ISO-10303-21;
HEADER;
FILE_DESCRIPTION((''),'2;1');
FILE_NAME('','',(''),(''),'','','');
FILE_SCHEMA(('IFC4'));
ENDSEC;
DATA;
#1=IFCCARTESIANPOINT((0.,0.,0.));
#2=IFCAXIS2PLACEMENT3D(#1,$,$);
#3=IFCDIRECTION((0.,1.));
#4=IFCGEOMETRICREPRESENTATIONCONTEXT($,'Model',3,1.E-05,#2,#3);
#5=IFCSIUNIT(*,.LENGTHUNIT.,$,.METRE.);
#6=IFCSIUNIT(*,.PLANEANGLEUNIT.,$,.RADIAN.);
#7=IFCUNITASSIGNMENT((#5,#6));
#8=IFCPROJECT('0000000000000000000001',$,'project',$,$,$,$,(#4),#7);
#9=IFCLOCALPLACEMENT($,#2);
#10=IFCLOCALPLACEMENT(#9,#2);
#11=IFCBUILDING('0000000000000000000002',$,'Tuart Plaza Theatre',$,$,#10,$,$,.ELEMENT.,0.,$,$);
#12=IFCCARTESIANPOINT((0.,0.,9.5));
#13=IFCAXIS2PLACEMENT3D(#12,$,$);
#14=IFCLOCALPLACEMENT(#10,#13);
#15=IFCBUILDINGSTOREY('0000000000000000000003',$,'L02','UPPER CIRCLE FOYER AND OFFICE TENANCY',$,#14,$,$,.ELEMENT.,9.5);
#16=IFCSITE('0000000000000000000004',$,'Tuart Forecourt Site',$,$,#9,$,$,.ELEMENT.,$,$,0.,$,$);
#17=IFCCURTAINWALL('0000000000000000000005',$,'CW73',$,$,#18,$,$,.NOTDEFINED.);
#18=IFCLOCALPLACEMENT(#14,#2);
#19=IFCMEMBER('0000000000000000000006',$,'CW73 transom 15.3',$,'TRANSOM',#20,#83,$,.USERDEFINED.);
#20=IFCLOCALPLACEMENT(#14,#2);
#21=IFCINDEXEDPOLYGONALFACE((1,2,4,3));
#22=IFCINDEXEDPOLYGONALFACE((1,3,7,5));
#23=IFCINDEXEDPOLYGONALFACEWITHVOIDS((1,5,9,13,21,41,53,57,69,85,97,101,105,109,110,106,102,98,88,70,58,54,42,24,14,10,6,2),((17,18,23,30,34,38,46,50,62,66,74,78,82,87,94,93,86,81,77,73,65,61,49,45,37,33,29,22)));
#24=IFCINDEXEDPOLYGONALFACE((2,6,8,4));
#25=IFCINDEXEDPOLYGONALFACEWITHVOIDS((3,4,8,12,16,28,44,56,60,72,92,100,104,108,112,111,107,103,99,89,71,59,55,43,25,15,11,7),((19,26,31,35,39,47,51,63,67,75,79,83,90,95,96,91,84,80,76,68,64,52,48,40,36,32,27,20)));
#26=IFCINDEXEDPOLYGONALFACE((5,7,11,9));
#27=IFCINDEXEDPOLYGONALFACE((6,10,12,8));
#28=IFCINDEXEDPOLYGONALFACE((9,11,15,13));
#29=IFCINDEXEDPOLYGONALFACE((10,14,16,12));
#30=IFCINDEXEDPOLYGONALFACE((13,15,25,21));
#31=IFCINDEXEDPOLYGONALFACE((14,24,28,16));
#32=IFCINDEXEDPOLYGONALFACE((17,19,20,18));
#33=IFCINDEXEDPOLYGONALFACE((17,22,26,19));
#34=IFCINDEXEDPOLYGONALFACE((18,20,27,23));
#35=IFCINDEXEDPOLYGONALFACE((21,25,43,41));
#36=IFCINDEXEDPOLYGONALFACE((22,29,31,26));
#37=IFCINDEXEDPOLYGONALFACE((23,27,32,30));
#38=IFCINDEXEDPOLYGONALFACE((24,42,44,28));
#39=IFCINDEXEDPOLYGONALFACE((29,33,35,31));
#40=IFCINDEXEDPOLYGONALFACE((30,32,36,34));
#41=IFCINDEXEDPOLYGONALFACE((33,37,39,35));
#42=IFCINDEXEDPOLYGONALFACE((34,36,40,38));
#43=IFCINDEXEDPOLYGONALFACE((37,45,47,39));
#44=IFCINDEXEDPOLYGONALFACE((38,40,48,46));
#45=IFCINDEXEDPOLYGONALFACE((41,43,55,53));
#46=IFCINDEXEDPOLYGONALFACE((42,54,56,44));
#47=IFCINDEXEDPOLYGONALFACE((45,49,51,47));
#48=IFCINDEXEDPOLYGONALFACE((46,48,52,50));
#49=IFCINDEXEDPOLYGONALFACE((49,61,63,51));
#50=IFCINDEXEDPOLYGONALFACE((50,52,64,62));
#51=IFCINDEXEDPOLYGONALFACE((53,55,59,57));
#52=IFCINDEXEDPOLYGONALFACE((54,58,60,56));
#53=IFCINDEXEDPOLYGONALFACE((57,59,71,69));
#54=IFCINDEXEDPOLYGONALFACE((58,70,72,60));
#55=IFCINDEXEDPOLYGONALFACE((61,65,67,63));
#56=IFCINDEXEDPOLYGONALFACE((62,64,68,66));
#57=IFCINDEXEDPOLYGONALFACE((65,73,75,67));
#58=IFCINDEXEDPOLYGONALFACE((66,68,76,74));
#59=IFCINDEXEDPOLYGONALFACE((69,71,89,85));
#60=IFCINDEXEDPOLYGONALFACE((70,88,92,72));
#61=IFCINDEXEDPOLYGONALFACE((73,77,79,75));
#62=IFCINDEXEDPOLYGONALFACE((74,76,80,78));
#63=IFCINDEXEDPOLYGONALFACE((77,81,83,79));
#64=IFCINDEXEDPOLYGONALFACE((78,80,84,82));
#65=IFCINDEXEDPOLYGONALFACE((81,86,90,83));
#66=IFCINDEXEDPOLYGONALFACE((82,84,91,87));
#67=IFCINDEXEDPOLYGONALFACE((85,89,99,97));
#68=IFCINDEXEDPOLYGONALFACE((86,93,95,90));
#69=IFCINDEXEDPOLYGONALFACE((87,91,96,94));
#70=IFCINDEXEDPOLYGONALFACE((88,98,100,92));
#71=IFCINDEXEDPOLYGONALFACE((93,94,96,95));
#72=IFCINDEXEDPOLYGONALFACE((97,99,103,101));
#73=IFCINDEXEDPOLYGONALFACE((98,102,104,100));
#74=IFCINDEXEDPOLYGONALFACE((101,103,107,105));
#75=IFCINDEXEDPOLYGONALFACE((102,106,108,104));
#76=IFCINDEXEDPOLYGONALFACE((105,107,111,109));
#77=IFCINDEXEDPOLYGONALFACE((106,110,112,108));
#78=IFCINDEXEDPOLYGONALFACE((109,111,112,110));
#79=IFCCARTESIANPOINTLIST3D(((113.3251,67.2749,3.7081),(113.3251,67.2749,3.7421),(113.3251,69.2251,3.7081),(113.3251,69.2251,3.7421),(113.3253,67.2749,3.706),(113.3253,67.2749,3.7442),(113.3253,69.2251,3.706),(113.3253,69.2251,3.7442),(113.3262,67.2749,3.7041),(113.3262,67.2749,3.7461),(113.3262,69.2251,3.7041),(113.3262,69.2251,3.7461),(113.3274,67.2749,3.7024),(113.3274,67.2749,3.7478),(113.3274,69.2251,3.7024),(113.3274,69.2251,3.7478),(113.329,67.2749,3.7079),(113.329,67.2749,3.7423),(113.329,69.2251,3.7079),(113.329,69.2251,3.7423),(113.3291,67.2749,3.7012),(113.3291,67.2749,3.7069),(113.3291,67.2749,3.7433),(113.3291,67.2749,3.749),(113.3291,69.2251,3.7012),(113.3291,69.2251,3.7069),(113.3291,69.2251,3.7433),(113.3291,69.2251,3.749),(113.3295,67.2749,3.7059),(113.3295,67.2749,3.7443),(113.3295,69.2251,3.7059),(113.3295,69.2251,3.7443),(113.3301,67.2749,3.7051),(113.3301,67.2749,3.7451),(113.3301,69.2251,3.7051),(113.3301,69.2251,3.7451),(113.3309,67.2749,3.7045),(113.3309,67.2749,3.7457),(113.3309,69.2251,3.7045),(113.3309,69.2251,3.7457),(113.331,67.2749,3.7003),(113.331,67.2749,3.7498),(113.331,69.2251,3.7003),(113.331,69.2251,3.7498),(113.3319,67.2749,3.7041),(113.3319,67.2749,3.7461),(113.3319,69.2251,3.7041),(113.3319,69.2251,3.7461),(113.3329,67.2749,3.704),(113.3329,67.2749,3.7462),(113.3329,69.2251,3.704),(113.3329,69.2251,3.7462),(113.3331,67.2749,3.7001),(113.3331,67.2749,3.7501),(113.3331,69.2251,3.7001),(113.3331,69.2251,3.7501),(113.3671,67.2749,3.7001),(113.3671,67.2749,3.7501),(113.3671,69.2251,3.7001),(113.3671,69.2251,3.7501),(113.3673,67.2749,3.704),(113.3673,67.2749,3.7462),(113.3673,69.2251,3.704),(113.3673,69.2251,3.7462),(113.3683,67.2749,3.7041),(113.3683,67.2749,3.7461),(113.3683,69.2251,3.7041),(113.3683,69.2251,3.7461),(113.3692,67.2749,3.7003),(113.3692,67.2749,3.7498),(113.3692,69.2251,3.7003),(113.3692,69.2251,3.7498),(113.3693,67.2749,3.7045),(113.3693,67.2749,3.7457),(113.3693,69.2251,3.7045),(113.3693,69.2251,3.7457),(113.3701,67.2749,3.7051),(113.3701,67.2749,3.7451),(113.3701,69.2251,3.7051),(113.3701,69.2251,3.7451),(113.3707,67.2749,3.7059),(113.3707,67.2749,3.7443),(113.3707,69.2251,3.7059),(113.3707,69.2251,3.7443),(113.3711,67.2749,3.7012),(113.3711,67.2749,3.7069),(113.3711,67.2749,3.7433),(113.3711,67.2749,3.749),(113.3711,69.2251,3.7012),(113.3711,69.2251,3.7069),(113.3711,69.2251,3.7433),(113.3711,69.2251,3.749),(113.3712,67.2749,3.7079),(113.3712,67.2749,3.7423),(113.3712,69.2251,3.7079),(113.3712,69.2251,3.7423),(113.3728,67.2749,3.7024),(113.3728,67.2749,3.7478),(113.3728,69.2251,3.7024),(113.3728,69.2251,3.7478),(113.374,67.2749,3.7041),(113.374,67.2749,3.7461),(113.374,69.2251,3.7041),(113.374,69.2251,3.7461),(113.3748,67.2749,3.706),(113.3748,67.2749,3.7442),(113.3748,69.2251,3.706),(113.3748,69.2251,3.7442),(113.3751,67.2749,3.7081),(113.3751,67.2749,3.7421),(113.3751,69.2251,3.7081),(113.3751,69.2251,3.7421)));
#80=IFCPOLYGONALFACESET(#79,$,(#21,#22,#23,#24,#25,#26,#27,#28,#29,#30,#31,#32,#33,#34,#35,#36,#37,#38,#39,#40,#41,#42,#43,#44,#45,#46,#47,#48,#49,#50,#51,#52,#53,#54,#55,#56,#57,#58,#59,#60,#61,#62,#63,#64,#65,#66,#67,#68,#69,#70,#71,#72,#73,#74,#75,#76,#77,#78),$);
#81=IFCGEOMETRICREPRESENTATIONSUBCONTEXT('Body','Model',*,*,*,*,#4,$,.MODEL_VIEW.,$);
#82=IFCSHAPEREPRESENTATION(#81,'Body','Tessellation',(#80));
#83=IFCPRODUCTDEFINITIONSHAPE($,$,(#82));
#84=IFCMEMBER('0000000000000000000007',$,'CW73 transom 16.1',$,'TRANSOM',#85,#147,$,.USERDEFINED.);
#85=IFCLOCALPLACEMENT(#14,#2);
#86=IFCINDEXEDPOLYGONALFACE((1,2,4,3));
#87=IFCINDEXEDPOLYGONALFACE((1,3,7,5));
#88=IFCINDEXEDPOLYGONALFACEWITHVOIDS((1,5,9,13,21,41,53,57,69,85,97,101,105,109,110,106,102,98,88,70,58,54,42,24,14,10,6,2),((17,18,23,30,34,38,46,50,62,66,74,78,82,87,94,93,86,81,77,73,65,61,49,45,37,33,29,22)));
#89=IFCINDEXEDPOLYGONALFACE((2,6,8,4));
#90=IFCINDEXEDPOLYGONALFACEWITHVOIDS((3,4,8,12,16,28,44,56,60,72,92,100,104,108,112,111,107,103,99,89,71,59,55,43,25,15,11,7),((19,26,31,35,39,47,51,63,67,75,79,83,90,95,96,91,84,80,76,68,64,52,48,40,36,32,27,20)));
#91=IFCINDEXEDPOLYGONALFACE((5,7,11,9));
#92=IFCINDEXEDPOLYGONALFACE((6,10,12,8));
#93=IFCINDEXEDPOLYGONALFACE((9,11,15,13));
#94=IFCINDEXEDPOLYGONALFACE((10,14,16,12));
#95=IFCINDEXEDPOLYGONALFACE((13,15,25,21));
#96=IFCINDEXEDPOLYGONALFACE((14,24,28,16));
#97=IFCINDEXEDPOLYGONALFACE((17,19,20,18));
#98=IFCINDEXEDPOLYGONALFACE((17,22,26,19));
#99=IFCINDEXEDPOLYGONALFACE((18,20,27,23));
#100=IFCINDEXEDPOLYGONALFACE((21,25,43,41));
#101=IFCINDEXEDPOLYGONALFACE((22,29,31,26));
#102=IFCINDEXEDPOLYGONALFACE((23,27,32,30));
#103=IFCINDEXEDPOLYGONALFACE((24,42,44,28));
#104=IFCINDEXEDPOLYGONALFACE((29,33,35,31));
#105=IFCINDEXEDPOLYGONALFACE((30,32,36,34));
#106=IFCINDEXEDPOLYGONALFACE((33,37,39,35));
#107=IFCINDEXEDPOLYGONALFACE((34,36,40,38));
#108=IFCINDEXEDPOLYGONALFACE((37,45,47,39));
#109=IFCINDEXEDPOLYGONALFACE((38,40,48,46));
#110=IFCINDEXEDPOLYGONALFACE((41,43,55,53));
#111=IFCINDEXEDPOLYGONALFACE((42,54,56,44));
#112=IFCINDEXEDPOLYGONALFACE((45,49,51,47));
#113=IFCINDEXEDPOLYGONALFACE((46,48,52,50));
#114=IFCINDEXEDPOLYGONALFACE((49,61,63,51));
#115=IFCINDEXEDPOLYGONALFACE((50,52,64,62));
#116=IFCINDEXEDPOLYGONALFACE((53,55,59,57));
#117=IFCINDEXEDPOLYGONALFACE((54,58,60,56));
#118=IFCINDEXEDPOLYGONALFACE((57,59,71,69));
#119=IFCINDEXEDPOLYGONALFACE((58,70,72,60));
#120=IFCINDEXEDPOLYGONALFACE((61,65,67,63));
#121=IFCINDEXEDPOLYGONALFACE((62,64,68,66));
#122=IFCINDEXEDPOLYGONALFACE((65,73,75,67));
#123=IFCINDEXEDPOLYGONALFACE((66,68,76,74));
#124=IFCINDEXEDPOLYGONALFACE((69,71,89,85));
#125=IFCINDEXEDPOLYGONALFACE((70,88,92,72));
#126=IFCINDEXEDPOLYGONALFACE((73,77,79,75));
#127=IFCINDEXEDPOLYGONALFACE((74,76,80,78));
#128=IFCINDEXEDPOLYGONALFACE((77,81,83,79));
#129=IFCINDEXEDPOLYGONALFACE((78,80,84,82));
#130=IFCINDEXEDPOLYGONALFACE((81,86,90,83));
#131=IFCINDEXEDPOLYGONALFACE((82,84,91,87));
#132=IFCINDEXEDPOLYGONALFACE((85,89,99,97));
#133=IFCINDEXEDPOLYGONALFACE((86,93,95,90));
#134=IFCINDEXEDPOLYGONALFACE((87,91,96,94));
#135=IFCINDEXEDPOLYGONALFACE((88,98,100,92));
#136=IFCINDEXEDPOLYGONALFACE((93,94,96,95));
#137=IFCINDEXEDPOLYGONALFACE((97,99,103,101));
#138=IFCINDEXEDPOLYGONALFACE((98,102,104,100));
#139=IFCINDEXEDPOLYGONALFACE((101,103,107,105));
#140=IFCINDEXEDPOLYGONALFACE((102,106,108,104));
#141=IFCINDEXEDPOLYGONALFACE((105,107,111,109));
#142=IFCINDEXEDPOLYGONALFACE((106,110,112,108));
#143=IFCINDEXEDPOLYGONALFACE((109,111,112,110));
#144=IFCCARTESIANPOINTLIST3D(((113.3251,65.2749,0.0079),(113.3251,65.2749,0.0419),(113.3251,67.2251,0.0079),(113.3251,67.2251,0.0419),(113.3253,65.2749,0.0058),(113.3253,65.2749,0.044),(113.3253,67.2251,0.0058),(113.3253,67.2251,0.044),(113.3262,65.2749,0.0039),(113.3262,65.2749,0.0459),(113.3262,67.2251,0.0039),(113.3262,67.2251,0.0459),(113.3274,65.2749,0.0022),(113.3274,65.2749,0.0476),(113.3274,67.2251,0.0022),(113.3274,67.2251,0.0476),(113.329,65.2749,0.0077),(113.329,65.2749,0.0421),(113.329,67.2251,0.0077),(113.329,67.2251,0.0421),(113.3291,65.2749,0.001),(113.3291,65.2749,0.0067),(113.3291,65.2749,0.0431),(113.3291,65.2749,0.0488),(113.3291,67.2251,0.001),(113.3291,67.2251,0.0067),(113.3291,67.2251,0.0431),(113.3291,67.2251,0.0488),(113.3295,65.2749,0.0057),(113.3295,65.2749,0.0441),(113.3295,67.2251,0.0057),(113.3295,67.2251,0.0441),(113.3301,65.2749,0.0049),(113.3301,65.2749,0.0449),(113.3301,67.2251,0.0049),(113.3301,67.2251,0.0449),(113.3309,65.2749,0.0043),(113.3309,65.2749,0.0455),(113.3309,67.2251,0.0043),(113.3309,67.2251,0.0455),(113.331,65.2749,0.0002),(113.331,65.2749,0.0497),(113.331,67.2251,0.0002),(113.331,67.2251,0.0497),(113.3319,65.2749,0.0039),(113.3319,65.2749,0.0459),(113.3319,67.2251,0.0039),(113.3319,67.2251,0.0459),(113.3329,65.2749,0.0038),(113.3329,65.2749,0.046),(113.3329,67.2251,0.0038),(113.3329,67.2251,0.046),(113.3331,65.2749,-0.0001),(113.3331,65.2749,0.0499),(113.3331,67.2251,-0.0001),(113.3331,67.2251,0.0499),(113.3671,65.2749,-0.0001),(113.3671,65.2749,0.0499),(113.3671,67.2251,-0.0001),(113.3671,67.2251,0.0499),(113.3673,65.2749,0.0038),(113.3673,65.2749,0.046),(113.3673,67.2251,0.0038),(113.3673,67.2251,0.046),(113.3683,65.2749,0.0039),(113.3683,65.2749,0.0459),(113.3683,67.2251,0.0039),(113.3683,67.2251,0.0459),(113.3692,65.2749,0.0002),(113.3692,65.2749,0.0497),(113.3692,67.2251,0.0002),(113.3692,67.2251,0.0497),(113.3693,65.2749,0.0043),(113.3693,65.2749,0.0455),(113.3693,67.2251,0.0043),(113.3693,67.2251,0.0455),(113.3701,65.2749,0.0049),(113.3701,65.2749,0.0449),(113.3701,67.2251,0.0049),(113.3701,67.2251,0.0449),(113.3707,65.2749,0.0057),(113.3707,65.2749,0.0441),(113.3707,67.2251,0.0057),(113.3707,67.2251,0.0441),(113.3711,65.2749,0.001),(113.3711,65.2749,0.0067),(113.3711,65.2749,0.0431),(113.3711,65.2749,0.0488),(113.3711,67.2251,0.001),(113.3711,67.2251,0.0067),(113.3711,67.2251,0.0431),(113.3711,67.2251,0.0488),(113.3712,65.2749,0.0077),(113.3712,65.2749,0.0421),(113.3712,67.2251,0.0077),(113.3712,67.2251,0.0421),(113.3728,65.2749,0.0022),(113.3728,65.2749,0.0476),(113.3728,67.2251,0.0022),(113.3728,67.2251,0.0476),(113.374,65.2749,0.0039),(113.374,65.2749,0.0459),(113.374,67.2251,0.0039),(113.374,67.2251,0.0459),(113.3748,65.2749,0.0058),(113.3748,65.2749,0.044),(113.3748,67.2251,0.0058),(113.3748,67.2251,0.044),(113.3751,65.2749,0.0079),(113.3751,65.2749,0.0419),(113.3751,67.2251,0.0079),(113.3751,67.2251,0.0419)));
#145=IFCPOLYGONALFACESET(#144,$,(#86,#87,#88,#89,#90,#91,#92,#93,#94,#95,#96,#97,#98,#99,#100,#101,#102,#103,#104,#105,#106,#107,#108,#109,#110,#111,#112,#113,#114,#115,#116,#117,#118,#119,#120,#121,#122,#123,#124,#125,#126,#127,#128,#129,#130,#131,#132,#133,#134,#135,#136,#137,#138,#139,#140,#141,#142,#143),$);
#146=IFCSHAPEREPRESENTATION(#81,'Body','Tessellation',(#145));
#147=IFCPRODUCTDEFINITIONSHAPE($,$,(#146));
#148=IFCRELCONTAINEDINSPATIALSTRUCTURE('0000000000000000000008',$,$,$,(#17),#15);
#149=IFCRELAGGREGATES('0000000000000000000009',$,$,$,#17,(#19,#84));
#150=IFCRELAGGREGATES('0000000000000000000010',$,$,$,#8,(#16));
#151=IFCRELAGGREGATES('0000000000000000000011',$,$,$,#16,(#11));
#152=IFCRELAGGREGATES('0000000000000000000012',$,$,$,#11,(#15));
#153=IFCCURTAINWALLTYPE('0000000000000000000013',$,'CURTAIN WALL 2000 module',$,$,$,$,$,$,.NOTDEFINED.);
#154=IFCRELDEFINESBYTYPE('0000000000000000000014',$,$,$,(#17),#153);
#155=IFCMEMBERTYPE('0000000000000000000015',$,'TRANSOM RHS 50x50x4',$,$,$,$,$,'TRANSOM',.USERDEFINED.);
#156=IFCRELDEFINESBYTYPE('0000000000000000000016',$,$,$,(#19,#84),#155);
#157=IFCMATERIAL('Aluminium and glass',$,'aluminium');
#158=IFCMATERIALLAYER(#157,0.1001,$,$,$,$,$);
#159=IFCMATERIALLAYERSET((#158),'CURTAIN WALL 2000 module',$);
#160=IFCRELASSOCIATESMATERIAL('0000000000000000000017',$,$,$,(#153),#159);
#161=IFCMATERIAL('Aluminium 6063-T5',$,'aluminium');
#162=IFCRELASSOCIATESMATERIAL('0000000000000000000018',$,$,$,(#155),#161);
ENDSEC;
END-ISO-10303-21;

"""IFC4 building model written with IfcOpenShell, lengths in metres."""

from ifc_helpers import new_model, si_unit, direction, frame, origin, origin_2d, place, context, subcontext, project, spatial, hollow_rectangle, extrude, material, layer, layer_set, material_profile, profile_set, type_object, element, aggregate, save


model = new_model("IFC4")

# Units and contexts
model_context = context("Model", 3, precision=1e-05, world=origin(), true_north=direction((0.0, 1.0)))
body_context = subcontext(model_context, "Body", "Model", "MODEL_VIEW")
ifc_project = project(units=[si_unit("LENGTHUNIT", "METRE"), si_unit("PLANEANGLEUNIT", "RADIAN")], contexts=[model_context])

# Site, building, storey
site_placement = place(None, origin())
site = spatial("IfcSite", under=ifc_project, at=site_placement, Name="Tuart Forecourt Site", CompositionType="ELEMENT", RefElevation=0.0)
building_placement = place(site_placement, origin())
building = spatial("IfcBuilding", under=site, at=building_placement, Name="Tuart Plaza Theatre", CompositionType="ELEMENT", ElevationOfRefHeight=0.0)
storey_placement = place(building_placement, frame((0.0, 0.0, 9.5)))
storey = spatial("IfcBuildingStorey", under=building, at=storey_placement, Name="L02", Description="UPPER CIRCLE FOYER AND OFFICE TENANCY", CompositionType="ELEMENT", Elevation=9.5)

# Curtain wall, members
ifc_material_1 = material(Name="Aluminium and glass", Category="aluminium")
ifc_layer_1 = layer(ifc_material_1, 0.1001)
ifc_layer_set_1 = layer_set([ifc_layer_1], Name="CURTAIN WALL 2000 module")
curtain_wall_type = type_object("IfcCurtainWallType", Name="CURTAIN WALL 2000 module", PredefinedType="NOTDEFINED", material=ifc_layer_set_1)
curtain_wall_placement = place(storey_placement, origin())
curtain_wall = element("IfcCurtainWall", 1, at=curtain_wall_placement, inside=storey, type_object=curtain_wall_type, Name="CW73", PredefinedType="NOTDEFINED")
ifc_material_2 = material(Name="Aluminium 6063-T5", Category="aluminium")
ifc_material_profile_1 = material_profile(ifc_material_2, hollow_rectangle(XDim=0.05, YDim=0.05, WallThickness=0.0039, InnerFilletRadius=0.0039, OuterFilletRadius=0.0081, at=origin_2d()), Name="RHS 50x50x4")
ifc_profile_set_1 = profile_set([ifc_material_profile_1], Name="Aluminium 6063-T5")
member_type_1 = type_object("IfcMemberType", Name="TRANSOM RHS 50x50x4", ElementType="TRANSOM", PredefinedType="USERDEFINED", material=ifc_profile_set_1)
member_1_placement = place(storey_placement, frame((113.3501, 69.2251, 3.7251), z_axis=(0.0, -1.0, 0.0), x_axis=(1.0, 0.0, 0.0)))
member_1 = element("IfcMember", 2, at=member_1_placement, type_object=member_type_1, Name="CW73 transom 15.3", ObjectType="TRANSOM", PredefinedType="USERDEFINED", context=body_context, shape_type="SweptSolid", body=[
    extrude(hollow_rectangle(XDim=0.05, YDim=0.05, WallThickness=0.0039, InnerFilletRadius=0.0039, OuterFilletRadius=0.0081, at=origin_2d()), origin(), (0.0, 0.0, 1.0), 1.9502),
])
member_2_placement = place(storey_placement, frame((113.3501, 67.2251, 0.0249), z_axis=(0.0, -1.0, 0.0), x_axis=(1.0, 0.0, 0.0)))
member_2 = element("IfcMember", 3, at=member_2_placement, type_object=member_type_1, Name="CW73 transom 16.1", ObjectType="TRANSOM", PredefinedType="USERDEFINED", context=body_context, shape_type="SweptSolid", body=[
    extrude(hollow_rectangle(XDim=0.05, YDim=0.05, WallThickness=0.0039, InnerFilletRadius=0.0039, OuterFilletRadius=0.0081, at=origin_2d()), origin(), (0.0, 0.0, 1.0), 1.9502),
])
aggregate(curtain_wall, [member_1, member_2])

save(model, "model.ifc")
